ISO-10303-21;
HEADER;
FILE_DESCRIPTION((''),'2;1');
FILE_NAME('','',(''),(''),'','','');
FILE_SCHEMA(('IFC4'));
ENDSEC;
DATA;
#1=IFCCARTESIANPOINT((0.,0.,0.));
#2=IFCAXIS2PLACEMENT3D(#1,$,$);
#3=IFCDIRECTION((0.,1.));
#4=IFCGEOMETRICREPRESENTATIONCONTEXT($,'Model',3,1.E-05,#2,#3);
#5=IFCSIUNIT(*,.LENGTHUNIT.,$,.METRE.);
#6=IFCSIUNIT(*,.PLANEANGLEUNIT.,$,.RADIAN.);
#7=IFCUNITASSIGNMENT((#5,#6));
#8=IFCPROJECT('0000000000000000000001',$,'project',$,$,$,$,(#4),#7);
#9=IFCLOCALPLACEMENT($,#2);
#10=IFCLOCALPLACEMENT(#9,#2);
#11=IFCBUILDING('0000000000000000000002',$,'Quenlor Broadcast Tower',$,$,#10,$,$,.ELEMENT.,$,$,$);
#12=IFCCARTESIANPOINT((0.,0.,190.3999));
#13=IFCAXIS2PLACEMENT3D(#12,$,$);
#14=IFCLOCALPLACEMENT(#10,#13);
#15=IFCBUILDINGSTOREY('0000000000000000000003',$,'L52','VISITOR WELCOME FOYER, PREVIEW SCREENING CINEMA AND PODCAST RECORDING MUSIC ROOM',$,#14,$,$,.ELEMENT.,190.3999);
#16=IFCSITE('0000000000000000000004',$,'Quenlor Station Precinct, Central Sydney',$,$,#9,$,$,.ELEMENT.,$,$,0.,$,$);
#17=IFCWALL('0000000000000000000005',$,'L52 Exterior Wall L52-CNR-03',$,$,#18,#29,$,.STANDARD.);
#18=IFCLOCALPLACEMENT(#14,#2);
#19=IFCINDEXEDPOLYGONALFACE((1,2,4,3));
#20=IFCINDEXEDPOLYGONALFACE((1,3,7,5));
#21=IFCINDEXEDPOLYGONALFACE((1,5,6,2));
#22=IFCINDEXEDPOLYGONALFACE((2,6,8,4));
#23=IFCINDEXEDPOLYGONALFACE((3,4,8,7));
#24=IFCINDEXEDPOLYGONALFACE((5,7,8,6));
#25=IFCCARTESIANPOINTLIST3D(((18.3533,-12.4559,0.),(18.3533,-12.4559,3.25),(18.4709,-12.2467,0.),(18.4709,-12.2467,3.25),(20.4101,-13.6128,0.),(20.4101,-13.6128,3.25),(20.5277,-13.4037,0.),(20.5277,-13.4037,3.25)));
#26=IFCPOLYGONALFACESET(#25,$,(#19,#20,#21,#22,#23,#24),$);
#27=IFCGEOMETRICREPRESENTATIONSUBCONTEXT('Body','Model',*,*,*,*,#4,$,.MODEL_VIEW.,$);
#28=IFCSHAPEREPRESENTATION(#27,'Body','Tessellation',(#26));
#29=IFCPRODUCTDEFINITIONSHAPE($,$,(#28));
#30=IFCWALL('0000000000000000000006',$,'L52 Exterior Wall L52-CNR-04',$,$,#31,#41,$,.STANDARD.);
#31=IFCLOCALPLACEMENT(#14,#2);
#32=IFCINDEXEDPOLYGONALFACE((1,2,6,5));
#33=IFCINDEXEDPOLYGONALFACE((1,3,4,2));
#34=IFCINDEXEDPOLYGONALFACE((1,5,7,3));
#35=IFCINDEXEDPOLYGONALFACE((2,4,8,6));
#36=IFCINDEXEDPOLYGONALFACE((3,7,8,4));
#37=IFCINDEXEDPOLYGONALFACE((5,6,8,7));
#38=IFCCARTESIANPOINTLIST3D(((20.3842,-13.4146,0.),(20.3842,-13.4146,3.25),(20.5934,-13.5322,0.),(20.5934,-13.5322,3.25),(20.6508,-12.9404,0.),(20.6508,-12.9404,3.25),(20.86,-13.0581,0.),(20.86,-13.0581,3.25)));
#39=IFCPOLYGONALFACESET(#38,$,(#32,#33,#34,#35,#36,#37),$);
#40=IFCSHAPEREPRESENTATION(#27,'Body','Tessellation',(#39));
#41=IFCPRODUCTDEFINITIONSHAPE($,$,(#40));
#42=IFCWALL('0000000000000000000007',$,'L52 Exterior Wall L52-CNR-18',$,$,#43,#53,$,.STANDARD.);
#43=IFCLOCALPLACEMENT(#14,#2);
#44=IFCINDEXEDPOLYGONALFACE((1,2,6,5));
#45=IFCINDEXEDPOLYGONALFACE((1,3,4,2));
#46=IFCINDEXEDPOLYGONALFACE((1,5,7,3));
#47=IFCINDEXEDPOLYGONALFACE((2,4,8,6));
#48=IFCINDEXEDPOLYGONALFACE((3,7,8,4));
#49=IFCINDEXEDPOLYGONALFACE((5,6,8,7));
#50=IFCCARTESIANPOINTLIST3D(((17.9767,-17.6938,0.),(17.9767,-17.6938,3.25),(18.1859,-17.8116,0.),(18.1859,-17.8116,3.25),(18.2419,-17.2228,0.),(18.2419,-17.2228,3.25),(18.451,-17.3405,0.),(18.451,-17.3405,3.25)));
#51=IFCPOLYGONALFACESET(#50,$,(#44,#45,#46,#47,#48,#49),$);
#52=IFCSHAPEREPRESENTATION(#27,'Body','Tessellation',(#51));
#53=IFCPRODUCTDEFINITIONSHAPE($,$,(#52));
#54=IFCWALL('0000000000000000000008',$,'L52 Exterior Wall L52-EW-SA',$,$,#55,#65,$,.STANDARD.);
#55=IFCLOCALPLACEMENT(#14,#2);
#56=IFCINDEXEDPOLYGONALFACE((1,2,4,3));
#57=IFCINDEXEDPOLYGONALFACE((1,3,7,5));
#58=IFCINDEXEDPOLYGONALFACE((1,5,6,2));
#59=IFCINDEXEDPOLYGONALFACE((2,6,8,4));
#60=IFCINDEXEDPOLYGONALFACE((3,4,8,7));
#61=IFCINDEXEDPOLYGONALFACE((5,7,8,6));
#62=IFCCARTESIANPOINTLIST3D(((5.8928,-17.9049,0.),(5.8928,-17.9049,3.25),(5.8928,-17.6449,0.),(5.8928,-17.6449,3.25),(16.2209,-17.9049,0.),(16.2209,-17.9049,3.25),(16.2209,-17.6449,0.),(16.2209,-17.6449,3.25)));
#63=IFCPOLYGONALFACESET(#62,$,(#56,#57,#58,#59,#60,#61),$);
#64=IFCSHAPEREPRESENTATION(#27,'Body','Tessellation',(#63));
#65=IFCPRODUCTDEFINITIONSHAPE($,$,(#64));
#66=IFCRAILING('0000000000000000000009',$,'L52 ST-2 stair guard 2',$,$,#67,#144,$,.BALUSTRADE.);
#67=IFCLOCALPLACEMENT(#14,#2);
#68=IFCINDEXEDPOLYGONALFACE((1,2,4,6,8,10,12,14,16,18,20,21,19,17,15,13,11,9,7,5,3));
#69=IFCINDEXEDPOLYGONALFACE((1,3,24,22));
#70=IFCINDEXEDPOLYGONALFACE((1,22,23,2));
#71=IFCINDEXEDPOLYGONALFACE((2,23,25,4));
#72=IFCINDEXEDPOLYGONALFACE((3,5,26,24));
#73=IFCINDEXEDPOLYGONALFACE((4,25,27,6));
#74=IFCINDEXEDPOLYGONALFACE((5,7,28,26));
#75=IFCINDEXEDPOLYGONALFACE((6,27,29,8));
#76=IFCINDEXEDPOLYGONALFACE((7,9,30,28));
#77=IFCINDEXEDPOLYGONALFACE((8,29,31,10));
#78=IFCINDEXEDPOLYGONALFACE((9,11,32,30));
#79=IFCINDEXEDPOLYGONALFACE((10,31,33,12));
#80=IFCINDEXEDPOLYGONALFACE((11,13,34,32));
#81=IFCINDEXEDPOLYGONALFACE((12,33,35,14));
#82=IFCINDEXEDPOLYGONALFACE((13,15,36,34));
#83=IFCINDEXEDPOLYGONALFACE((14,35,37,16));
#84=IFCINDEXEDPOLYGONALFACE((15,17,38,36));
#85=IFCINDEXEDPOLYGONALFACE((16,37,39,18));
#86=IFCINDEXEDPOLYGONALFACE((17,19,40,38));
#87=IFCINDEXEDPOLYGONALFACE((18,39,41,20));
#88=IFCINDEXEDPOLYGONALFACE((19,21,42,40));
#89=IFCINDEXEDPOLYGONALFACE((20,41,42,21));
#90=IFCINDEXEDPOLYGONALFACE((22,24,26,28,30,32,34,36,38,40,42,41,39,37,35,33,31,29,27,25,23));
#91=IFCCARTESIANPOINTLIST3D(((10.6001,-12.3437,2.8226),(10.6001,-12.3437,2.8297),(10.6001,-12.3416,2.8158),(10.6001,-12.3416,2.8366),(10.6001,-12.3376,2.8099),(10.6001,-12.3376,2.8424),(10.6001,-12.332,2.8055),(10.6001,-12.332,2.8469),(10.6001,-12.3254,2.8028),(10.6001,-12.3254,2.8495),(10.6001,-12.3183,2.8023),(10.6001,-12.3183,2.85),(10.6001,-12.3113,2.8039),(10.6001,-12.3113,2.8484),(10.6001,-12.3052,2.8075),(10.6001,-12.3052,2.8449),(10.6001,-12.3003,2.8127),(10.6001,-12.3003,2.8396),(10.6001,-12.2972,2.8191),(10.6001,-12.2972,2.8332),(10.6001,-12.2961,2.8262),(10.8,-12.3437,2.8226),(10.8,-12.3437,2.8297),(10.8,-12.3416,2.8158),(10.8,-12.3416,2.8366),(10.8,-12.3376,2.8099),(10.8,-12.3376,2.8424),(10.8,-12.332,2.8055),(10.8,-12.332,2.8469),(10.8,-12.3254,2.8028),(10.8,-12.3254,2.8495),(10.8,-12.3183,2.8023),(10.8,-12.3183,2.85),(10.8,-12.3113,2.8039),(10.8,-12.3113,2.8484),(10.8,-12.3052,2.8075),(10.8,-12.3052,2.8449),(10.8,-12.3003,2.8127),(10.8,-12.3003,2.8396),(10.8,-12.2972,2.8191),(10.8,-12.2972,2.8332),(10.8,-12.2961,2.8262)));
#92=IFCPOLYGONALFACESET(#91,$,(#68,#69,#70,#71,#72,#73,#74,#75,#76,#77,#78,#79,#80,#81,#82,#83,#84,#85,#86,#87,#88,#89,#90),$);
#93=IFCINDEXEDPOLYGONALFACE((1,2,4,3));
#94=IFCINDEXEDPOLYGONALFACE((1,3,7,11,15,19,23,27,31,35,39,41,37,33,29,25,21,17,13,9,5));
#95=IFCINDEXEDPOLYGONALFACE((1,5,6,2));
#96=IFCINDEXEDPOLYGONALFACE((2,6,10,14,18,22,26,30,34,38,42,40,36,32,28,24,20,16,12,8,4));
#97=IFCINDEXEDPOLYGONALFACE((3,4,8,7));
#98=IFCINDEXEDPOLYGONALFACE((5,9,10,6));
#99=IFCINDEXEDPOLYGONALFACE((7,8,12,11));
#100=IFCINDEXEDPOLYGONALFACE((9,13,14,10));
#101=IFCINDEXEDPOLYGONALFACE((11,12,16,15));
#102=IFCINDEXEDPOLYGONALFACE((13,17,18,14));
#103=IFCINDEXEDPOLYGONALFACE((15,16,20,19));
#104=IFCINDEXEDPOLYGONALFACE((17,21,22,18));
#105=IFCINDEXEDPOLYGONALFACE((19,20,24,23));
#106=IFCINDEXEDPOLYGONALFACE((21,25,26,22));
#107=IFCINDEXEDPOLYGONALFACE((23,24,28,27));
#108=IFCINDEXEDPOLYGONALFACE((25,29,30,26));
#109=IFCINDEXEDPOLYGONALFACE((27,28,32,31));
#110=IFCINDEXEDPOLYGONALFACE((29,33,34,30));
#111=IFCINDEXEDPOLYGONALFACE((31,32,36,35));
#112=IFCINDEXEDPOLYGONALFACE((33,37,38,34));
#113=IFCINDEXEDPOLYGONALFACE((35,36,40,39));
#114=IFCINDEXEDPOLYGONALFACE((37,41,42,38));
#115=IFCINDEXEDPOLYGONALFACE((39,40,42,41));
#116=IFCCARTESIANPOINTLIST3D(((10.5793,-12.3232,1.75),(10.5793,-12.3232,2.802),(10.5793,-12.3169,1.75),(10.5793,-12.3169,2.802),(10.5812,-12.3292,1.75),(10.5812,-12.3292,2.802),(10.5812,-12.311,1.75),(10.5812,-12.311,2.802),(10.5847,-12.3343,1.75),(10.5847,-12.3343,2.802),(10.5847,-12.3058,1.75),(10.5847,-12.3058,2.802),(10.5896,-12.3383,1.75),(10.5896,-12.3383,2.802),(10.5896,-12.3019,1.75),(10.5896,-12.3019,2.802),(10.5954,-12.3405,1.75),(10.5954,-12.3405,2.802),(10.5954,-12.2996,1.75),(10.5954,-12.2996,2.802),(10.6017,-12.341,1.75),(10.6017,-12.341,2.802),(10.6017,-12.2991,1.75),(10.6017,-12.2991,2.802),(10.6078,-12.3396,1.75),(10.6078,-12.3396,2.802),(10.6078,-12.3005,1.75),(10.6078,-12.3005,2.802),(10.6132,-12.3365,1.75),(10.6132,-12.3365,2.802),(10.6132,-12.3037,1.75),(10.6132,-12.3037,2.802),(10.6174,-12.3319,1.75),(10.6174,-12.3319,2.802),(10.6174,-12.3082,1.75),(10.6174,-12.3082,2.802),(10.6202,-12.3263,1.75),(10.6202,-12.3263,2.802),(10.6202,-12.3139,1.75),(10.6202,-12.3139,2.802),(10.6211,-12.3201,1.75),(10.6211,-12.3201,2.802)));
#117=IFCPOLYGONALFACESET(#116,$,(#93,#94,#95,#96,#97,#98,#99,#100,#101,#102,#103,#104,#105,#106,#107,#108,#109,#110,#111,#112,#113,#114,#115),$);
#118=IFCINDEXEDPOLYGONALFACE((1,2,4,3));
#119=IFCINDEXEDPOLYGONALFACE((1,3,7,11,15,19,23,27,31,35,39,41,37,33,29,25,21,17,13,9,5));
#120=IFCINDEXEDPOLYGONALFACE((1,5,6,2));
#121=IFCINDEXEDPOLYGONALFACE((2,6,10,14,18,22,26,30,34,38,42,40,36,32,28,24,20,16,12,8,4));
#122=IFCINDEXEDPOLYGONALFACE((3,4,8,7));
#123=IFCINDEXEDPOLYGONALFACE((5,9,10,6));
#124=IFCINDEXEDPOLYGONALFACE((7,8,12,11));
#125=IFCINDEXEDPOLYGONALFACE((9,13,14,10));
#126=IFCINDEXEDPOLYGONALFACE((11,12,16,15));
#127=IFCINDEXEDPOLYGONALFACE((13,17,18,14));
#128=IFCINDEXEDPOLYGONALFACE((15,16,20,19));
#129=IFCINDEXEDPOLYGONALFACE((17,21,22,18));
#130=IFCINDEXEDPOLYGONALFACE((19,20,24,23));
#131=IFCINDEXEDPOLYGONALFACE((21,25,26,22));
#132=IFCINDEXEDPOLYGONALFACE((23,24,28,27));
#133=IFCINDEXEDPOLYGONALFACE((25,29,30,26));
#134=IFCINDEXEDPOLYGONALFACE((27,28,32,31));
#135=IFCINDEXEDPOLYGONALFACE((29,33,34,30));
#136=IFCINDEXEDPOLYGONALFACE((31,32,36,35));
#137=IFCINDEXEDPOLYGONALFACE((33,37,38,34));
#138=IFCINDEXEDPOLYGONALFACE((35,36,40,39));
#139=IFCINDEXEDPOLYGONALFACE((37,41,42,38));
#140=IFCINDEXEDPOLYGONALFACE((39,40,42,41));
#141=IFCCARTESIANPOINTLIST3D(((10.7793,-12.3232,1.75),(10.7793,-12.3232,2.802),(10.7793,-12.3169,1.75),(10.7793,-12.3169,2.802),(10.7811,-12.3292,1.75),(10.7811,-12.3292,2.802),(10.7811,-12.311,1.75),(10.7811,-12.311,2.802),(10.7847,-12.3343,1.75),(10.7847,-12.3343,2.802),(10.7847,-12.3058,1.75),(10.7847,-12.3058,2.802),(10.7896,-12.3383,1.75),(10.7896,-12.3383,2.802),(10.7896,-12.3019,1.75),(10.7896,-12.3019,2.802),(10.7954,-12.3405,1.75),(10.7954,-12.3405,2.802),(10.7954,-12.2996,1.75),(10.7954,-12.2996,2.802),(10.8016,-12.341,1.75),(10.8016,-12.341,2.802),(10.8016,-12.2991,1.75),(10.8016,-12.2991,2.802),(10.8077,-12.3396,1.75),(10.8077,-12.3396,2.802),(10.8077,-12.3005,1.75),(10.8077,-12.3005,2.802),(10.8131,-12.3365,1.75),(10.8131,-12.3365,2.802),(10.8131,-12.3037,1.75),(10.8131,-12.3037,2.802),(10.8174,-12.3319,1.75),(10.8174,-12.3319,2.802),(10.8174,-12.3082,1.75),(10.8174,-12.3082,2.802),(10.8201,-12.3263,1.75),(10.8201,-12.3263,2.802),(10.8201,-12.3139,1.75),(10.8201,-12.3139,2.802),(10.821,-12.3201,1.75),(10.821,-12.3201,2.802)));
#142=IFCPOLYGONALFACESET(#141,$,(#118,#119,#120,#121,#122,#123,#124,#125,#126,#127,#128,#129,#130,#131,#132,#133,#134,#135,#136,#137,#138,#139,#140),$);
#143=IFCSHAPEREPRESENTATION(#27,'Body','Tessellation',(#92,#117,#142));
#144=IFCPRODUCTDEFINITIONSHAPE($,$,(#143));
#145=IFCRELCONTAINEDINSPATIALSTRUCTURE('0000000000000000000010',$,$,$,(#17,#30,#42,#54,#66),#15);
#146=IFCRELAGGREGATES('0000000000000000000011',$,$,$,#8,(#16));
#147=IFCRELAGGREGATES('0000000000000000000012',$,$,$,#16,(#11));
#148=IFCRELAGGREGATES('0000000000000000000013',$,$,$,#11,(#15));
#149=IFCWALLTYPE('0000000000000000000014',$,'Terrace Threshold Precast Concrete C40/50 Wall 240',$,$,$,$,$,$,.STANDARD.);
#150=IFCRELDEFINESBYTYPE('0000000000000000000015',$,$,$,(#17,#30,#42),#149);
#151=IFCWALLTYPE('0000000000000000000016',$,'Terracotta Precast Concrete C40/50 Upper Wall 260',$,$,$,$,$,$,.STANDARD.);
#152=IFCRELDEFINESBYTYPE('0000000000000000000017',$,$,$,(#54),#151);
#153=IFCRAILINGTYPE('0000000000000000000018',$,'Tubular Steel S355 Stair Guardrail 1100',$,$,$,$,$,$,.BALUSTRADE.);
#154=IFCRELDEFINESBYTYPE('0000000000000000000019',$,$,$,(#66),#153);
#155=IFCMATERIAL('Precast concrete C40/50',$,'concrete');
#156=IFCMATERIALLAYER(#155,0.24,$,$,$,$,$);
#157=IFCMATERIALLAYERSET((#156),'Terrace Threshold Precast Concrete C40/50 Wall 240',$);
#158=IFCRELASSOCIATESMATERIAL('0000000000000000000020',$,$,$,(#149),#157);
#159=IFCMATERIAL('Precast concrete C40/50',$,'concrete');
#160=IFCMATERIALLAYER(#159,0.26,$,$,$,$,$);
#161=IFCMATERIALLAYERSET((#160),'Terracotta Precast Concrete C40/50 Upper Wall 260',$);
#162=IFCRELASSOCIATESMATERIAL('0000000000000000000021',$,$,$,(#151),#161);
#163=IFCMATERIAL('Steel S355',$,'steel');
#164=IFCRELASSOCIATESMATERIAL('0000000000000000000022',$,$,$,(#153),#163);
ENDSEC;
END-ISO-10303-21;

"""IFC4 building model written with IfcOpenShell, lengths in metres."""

from ifc_helpers import new_model, si_unit, direction, frame, frame_2d, origin, origin_2d, place, context, subcontext, project, spatial, rectangle, circle, extrude, material, layer, layer_set, type_object, element, save


model = new_model("IFC4")

# Units and contexts
model_context = context("Model", 3, precision=1e-05, world=origin(), true_north=direction((0.0, 1.0)))
body_context = subcontext(model_context, "Body", "Model", "MODEL_VIEW")
ifc_project = project(units=[si_unit("LENGTHUNIT", "METRE"), si_unit("PLANEANGLEUNIT", "RADIAN")], contexts=[model_context])

# Site, building, storey
site_placement = place(None, origin())
site = spatial("IfcSite", under=ifc_project, at=site_placement, Name="Quenlor Station Precinct, Central Sydney", CompositionType="ELEMENT", RefElevation=0.0)
building_placement = place(site_placement, origin())
building = spatial("IfcBuilding", under=site, at=building_placement, Name="Quenlor Broadcast Tower", CompositionType="ELEMENT")
storey_placement = place(building_placement, frame((0.0, 0.0, 190.3999)))
storey = spatial("IfcBuildingStorey", under=building, at=storey_placement, Name="L52", Description="VISITOR WELCOME FOYER, PREVIEW SCREENING CINEMA AND PODCAST RECORDING MUSIC ROOM", CompositionType="ELEMENT", Elevation=190.3999)

# Walls
ifc_material_1 = material(Name="Precast concrete C40/50", Category="concrete")
ifc_layer_1 = layer(ifc_material_1, 0.24)
ifc_layer_set_1 = layer_set([ifc_layer_1], Name="Terrace Threshold Precast Concrete C40/50 Wall 240")
wall_type_1 = type_object("IfcWallType", Name="Terrace Threshold Precast Concrete C40/50 Wall 240", PredefinedType="STANDARD", material=ifc_layer_set_1)
wall_1_placement = place(storey_placement, frame((18.4121, -12.3513, 0.0), z_axis=(0.0, 0.0, 1.0), x_axis=(0.871578, -0.490256, 0.0)))
element("IfcWall", 1, at=wall_1_placement, inside=storey, type_object=wall_type_1, Name="L52 Exterior Wall L52-CNR-03", PredefinedType="STANDARD", context=body_context, shape_type="SweptSolid", body=[
    extrude(rectangle(XDim=2.3599, YDim=0.24, at=frame_2d((1.1799, 0.0))), origin(), (0.0, 0.0, 1.0), 3.25),
])
wall_2_placement = place(storey_placement, frame((20.4888, -13.4734, 0.0), z_axis=(0.0, 0.0, 1.0), x_axis=(0.490133, 0.871647, 0.0)))
element("IfcWall", 2, at=wall_2_placement, inside=storey, type_object=wall_type_1, Name="L52 Exterior Wall L52-CNR-04", PredefinedType="STANDARD", context=body_context, shape_type="SweptSolid", body=[
    extrude(rectangle(XDim=0.5439, YDim=0.24, at=frame_2d((0.272, 0.0))), origin(), (0.0, 0.0, 1.0), 3.25),
])
wall_3_placement = place(storey_placement, frame((18.0813, -17.7527, 0.0), z_axis=(0.0, 0.0, 1.0), x_axis=(0.490583, 0.871395, 0.0)))
element("IfcWall", 3, at=wall_3_placement, inside=storey, type_object=wall_type_1, Name="L52 Exterior Wall L52-CNR-18", PredefinedType="STANDARD", context=body_context, shape_type="SweptSolid", body=[
    extrude(rectangle(XDim=0.5405, YDim=0.24, at=frame_2d((0.2703, 0.0))), origin(), (0.0, 0.0, 1.0), 3.25),
])
ifc_material_2 = material(Name="Precast concrete C40/50", Category="concrete")
ifc_layer_2 = layer(ifc_material_2, 0.26)
ifc_layer_set_2 = layer_set([ifc_layer_2], Name="Terracotta Precast Concrete C40/50 Upper Wall 260")
wall_type_2 = type_object("IfcWallType", Name="Terracotta Precast Concrete C40/50 Upper Wall 260", PredefinedType="STANDARD", material=ifc_layer_set_2)
wall_4_placement = place(storey_placement, frame((16.2209, -17.7749, 0.0), z_axis=(0.0, 0.0, 1.0), x_axis=(-1.0, 0.0, 0.0)))
element("IfcWall", 4, at=wall_4_placement, inside=storey, type_object=wall_type_2, Name="L52 Exterior Wall L52-EW-SA", PredefinedType="STANDARD", context=body_context, shape_type="SweptSolid", body=[
    extrude(rectangle(XDim=10.3281, YDim=0.26, at=frame_2d((5.1641, 0.0))), origin(), (0.0, 0.0, 1.0), 3.25),
])

# Railing
ifc_material_3 = material(Name="Steel S355", Category="steel")
railing_type = type_object("IfcRailingType", Name="Tubular Steel S355 Stair Guardrail 1100", PredefinedType="BALUSTRADE", material=ifc_material_3)
railing_placement = place(storey_placement, frame((10.6001, -12.3201, 1.75)))
element("IfcRailing", 5, at=railing_placement, inside=storey, type_object=railing_type, Name="L52 ST-2 stair guard 2", PredefinedType="BALUSTRADE", context=body_context, shape_type="SweptSolid", body=[
    extrude(circle(Radius=0.0239, at=origin_2d()), frame((0.0, 0.0, 1.0762), z_axis=(1.0, 0.0, 0.0), x_axis=(0.0, 1.0, 0.0)), (0.0, 0.0, 1.0), 0.2),
    extrude(circle(Radius=0.021, at=origin_2d()), origin(), (0.0, 0.0, 1.0), 1.052),
    extrude(circle(Radius=0.021, at=origin_2d()), frame((0.2, 0.0, 0.0)), (0.0, 0.0, 1.0), 1.052),
])

save(model, "model.ifc")
